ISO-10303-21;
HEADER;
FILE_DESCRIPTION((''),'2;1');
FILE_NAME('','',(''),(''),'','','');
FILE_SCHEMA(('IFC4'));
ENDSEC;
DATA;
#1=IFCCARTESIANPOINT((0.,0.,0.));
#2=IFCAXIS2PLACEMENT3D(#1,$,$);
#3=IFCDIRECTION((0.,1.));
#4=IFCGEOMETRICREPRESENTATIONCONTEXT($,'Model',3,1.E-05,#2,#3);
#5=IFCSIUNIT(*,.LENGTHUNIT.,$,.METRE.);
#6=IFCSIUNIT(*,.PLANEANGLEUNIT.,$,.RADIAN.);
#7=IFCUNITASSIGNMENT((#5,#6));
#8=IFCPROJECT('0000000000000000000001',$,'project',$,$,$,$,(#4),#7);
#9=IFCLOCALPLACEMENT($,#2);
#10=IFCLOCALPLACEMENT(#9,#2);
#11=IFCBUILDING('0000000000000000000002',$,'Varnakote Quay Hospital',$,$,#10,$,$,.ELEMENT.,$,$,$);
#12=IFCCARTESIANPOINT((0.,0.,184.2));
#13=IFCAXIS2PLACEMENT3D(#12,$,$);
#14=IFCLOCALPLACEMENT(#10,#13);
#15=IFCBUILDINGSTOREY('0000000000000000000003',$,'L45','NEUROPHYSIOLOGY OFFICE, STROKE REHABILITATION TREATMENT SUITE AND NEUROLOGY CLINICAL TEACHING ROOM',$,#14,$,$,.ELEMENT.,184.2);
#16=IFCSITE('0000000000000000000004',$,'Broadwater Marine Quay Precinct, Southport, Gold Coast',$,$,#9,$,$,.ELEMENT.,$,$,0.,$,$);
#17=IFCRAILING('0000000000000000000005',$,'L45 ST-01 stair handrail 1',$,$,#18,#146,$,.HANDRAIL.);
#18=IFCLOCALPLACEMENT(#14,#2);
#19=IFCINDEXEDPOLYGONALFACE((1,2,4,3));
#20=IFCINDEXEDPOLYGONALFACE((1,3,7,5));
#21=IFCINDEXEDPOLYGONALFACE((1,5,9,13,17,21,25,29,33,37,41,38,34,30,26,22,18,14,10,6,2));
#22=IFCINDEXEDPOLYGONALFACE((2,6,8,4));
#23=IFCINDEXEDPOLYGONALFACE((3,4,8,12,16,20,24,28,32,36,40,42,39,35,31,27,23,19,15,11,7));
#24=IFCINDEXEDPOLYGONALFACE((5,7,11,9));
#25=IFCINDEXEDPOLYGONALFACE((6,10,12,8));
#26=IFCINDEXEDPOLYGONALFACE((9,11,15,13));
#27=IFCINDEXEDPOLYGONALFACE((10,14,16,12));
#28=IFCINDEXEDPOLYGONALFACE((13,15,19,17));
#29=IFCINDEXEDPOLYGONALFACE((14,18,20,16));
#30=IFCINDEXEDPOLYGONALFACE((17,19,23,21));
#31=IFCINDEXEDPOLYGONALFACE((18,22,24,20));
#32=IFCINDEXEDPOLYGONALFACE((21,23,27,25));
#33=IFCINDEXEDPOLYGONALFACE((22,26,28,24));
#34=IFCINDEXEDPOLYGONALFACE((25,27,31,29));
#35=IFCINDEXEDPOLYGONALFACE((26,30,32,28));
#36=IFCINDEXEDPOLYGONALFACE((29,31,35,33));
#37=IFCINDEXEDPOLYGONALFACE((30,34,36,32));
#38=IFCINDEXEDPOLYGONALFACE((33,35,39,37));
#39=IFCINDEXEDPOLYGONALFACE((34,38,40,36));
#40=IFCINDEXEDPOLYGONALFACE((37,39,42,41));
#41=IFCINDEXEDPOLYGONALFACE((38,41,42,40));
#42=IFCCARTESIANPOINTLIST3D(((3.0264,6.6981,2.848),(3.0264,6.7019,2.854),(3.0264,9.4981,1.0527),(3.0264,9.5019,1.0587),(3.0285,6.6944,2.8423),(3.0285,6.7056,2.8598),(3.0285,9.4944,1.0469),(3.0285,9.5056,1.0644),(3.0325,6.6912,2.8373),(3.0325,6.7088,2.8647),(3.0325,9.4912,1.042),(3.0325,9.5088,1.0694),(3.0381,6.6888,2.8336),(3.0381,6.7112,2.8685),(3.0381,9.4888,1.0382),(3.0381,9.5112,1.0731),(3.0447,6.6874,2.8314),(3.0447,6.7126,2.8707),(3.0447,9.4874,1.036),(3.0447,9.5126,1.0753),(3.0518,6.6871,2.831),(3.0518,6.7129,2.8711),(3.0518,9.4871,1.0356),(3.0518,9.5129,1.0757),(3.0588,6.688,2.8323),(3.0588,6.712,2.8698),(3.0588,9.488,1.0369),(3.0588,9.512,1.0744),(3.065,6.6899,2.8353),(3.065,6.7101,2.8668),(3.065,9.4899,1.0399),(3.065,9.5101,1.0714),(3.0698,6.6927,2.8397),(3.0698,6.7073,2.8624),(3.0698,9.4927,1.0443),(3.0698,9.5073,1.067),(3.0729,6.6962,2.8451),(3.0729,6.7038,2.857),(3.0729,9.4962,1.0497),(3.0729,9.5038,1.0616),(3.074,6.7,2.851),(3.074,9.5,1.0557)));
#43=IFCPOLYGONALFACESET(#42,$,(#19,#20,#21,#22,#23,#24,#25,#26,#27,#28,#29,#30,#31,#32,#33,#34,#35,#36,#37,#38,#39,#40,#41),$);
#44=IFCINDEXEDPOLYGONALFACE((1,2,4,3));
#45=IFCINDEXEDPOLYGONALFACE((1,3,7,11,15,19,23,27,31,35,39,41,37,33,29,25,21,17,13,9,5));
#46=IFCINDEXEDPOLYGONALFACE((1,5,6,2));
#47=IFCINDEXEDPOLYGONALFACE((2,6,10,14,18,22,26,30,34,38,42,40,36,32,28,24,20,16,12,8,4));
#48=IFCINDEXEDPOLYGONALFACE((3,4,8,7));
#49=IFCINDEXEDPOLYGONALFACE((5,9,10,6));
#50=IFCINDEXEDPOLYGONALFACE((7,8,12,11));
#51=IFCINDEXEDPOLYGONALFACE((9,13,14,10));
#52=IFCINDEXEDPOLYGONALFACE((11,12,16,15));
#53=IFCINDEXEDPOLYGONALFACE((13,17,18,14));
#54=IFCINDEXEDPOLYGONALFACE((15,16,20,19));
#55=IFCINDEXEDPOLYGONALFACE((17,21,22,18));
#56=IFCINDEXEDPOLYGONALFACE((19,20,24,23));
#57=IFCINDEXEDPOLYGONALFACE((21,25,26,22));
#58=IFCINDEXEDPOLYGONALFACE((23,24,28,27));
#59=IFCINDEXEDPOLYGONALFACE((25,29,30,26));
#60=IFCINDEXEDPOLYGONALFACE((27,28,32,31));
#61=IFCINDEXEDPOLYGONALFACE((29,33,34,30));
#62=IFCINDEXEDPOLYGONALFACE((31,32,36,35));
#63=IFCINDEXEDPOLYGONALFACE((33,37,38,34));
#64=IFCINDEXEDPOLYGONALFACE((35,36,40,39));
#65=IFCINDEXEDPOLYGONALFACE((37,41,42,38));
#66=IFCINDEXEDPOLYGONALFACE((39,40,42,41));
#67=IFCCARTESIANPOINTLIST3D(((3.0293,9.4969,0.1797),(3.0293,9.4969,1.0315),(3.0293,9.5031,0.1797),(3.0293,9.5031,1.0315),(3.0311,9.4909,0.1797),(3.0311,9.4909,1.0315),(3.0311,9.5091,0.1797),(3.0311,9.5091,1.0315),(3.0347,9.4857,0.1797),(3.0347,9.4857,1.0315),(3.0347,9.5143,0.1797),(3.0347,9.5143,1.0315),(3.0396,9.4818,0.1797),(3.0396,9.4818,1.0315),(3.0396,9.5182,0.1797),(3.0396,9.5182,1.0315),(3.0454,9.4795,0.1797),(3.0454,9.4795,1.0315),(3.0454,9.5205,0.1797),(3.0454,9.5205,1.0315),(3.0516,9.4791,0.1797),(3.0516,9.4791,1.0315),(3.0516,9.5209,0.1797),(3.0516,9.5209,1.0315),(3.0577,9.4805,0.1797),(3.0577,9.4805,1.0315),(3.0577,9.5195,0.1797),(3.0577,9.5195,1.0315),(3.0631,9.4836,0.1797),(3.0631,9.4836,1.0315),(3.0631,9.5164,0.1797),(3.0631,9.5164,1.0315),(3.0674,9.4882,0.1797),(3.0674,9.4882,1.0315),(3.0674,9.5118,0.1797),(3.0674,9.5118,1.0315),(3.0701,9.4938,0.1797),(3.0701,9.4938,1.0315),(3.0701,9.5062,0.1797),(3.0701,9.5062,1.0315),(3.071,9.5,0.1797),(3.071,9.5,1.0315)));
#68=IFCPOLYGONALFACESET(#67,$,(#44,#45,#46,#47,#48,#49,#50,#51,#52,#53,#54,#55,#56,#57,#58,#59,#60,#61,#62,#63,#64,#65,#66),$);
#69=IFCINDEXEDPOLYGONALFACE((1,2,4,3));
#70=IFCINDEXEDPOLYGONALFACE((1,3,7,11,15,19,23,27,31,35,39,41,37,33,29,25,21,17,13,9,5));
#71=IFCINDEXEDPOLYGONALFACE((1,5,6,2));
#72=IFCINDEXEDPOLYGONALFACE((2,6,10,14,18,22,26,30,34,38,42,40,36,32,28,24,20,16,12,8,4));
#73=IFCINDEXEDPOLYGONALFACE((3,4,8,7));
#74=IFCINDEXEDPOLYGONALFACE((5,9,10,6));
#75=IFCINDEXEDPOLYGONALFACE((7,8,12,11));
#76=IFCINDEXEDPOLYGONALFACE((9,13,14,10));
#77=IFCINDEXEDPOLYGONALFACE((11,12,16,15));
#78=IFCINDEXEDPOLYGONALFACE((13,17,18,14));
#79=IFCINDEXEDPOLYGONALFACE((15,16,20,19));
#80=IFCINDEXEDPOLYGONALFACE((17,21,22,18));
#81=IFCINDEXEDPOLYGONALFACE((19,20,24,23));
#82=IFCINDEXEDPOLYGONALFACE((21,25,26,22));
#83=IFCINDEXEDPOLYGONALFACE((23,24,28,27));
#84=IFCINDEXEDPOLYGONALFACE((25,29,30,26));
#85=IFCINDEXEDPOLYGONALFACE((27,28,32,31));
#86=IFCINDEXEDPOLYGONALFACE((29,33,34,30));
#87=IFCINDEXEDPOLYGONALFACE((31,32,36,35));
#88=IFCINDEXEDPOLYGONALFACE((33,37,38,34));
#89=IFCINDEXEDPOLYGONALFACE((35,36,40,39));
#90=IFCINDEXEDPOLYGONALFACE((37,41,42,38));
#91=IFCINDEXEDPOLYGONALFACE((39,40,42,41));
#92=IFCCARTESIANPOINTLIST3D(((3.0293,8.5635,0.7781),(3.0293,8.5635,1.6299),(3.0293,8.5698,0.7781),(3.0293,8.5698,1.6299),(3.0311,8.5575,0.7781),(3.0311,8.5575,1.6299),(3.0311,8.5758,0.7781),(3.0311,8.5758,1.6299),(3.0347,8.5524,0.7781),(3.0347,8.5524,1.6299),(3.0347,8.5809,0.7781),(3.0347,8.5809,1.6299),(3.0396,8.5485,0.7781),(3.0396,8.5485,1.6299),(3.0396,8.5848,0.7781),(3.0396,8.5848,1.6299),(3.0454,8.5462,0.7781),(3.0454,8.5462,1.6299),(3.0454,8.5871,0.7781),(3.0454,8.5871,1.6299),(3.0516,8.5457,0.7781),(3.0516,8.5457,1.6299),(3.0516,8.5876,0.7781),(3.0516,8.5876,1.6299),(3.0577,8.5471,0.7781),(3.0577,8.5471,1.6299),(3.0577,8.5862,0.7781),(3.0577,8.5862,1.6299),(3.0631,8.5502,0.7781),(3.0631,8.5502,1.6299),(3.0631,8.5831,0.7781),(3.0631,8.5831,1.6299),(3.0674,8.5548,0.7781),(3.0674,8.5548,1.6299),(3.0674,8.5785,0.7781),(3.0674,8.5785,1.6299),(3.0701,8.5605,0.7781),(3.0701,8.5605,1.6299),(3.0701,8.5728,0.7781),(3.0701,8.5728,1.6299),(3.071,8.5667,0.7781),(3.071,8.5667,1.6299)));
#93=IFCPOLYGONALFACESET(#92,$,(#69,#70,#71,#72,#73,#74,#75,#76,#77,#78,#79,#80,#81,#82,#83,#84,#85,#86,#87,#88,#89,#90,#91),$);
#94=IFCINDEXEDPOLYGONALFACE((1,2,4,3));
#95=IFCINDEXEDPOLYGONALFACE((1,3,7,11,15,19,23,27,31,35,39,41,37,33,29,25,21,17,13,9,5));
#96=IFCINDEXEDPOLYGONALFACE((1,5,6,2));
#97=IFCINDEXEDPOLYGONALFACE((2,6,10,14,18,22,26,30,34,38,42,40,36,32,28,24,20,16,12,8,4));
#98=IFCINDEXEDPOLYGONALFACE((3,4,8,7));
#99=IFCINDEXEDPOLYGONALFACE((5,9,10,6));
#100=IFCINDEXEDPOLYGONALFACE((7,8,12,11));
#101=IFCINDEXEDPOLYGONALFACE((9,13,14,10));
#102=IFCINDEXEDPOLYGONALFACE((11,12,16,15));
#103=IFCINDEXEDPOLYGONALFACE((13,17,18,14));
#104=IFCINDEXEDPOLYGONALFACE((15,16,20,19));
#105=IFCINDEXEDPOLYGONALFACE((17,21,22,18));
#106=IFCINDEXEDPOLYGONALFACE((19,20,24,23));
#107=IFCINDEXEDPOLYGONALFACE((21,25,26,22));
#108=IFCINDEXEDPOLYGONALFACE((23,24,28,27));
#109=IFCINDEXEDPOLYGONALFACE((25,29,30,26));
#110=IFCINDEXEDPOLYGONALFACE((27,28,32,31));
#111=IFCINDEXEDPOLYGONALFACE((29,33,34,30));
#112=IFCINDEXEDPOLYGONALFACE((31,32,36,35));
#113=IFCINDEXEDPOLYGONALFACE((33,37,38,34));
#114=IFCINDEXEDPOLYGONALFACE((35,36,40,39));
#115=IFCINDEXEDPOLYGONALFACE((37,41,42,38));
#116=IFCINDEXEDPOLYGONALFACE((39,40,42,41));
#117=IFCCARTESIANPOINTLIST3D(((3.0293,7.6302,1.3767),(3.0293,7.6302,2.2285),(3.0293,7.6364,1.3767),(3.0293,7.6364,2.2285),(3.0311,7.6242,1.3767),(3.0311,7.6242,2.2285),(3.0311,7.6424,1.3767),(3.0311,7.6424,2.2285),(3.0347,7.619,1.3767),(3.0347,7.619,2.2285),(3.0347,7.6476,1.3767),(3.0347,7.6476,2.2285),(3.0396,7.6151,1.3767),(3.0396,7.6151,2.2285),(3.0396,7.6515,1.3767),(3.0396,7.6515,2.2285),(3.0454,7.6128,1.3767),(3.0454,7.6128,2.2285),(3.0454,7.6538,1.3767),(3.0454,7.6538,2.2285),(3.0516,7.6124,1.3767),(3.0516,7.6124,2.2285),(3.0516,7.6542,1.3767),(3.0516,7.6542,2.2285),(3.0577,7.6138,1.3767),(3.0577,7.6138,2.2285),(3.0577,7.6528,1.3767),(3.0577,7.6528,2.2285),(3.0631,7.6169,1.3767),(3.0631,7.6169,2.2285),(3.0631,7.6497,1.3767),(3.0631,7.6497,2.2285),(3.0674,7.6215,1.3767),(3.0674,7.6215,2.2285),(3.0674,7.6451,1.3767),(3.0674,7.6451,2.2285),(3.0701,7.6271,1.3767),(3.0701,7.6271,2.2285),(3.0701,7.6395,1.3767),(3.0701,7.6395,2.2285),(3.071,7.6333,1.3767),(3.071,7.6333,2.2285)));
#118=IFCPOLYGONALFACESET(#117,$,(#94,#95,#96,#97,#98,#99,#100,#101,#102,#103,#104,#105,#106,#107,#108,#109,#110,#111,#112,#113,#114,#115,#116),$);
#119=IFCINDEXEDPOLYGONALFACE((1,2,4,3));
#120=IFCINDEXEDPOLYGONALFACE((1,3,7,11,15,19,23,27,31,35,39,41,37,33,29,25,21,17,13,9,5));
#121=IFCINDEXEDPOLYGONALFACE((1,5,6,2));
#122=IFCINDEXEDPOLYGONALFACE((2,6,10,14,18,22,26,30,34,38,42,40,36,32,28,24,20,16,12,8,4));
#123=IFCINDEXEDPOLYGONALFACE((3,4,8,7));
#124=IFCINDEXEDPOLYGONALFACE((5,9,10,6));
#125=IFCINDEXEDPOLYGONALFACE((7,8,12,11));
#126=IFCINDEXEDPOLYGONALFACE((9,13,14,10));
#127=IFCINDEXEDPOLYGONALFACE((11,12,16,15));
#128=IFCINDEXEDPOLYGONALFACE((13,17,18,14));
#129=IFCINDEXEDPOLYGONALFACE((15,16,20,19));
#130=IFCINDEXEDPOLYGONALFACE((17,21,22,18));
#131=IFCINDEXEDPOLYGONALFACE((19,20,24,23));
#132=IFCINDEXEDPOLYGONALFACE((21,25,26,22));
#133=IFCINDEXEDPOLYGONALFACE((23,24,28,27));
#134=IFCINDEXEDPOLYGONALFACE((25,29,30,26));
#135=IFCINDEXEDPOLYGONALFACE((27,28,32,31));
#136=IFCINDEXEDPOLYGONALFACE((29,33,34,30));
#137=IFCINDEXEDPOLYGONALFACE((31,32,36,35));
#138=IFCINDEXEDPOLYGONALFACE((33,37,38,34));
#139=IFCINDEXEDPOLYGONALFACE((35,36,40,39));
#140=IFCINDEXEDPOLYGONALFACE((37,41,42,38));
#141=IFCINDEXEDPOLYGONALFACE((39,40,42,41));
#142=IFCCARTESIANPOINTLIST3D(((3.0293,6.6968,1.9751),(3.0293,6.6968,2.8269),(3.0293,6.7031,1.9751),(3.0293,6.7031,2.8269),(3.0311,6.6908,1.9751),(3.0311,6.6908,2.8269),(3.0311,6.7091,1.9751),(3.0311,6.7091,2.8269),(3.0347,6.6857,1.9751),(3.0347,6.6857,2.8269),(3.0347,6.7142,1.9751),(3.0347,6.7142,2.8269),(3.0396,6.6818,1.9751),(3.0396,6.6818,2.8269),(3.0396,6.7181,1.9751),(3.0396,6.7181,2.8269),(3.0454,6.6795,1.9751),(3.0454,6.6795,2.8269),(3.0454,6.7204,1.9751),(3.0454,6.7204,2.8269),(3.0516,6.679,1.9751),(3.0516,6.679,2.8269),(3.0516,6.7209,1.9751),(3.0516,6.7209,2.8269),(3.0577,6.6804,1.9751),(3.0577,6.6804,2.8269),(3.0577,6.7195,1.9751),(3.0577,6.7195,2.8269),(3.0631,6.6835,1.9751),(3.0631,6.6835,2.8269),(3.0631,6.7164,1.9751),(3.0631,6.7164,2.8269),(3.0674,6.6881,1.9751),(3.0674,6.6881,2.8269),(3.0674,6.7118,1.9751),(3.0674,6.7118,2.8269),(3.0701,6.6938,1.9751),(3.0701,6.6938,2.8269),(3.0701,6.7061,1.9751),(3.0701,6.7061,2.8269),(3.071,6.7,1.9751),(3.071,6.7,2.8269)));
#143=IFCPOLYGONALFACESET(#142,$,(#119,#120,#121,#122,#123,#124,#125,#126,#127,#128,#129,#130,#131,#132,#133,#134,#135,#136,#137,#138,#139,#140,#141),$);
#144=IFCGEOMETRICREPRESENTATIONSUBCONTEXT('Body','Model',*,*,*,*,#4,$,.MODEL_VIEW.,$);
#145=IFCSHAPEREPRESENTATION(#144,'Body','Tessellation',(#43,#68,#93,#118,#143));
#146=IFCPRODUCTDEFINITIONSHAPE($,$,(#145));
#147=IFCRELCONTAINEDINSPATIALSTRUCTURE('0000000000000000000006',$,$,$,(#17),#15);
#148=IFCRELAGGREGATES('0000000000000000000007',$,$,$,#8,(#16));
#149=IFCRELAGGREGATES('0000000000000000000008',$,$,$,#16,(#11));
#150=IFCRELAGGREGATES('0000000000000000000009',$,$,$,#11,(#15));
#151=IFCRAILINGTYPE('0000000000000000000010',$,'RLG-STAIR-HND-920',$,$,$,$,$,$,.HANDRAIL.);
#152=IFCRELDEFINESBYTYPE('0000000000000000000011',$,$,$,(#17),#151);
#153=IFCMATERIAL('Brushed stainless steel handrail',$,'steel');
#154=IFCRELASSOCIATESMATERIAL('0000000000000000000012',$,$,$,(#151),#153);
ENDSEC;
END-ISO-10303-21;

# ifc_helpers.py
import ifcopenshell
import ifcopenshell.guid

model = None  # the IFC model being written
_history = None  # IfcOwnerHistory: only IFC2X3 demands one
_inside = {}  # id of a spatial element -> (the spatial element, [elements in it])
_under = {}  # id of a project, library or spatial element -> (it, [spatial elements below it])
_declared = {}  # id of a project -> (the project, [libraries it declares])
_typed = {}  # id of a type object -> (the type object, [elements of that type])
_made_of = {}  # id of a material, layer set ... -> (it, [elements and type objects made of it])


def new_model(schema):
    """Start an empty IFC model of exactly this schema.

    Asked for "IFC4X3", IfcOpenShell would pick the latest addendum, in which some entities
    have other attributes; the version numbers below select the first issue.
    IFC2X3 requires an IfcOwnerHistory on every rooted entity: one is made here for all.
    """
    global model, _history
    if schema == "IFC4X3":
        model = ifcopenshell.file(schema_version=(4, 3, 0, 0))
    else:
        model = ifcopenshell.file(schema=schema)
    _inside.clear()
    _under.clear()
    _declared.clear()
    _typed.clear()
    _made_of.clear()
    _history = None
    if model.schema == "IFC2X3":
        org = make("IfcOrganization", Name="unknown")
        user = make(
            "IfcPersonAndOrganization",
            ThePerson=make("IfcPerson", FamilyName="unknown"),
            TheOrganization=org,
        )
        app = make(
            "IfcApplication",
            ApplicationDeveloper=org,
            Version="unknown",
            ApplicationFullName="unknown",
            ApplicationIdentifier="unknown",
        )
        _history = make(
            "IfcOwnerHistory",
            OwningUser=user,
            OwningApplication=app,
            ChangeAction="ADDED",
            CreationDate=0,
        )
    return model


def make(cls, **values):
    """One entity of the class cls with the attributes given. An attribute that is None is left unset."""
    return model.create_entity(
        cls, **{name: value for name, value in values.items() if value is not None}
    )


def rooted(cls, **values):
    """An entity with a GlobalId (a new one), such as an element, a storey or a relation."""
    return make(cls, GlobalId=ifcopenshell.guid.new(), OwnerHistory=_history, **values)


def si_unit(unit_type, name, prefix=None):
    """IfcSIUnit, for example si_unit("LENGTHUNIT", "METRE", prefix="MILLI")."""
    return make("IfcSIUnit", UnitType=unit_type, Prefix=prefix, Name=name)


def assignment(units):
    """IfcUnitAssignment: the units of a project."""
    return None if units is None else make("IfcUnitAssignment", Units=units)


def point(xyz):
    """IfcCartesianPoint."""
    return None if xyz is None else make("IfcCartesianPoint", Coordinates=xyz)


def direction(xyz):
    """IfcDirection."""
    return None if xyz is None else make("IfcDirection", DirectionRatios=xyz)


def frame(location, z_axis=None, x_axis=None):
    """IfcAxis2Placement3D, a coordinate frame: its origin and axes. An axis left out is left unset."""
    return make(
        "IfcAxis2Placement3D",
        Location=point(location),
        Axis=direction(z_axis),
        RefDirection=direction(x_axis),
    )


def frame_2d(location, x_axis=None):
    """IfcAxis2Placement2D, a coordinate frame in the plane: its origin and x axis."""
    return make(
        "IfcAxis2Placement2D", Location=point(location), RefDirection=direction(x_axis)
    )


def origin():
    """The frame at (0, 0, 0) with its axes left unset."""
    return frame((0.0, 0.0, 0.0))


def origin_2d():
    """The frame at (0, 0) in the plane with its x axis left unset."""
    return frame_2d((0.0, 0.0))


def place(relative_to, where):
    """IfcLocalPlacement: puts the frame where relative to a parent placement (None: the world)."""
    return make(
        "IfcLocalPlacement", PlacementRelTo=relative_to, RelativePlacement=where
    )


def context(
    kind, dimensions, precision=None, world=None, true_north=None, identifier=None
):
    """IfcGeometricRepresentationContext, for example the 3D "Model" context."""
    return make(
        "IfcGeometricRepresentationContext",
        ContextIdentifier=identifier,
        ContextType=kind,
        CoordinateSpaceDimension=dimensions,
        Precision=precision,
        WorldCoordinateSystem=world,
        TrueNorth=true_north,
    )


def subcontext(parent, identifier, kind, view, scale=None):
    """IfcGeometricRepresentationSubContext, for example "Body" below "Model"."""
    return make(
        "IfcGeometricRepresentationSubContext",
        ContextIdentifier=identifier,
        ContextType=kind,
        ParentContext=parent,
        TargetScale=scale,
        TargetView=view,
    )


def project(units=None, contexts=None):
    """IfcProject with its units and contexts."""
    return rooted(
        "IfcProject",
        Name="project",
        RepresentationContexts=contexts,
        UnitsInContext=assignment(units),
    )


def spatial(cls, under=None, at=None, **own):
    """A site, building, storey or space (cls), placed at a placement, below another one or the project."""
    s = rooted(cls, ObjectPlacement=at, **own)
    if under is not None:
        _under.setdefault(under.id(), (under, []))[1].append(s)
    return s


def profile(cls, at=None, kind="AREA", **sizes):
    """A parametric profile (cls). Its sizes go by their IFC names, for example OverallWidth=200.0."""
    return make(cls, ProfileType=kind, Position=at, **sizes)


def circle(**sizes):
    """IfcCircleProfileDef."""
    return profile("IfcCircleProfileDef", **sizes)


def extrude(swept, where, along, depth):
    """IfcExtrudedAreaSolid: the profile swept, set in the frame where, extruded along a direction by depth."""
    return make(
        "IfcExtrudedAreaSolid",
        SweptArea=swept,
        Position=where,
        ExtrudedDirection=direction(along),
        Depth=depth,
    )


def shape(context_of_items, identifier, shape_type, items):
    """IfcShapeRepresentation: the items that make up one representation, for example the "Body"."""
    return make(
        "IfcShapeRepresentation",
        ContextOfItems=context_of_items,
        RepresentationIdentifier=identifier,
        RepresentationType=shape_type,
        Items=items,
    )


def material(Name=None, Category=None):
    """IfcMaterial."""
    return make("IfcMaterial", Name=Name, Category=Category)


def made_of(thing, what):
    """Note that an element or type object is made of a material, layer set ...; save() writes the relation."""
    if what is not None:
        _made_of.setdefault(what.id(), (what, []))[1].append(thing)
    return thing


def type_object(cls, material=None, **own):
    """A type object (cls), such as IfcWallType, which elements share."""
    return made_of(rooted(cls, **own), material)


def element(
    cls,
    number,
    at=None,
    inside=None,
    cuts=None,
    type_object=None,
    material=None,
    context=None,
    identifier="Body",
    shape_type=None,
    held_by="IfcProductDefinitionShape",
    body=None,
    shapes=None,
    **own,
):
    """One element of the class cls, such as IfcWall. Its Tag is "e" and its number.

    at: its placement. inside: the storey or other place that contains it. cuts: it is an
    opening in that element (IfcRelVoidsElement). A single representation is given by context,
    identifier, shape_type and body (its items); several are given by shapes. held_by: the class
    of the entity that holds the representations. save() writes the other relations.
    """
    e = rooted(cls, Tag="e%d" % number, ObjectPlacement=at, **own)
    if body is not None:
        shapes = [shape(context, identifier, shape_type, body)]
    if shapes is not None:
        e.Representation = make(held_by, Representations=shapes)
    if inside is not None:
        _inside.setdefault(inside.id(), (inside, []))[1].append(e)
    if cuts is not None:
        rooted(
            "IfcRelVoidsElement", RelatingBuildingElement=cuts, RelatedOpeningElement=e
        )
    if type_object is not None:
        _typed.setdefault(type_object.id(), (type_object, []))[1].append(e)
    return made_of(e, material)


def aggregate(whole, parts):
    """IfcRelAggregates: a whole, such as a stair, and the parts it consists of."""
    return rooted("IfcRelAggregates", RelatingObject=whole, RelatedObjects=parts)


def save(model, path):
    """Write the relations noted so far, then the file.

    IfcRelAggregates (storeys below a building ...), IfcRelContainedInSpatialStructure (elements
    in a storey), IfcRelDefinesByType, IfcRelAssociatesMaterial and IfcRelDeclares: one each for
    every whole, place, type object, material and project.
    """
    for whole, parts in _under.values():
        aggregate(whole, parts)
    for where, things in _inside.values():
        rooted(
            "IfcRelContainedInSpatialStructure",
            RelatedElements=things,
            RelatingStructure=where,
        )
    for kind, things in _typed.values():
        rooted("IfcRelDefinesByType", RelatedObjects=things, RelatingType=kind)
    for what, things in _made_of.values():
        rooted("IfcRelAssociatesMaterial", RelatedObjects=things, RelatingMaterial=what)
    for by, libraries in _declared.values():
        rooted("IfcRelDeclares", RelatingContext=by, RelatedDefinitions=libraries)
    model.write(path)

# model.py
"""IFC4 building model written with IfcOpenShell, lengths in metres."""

from ifc_helpers import new_model, si_unit, direction, frame, origin, origin_2d, place, context, subcontext, project, spatial, circle, extrude, material, type_object, element, save


model = new_model("IFC4")

# Units and contexts
model_context = context("Model", 3, precision=1e-05, world=origin(), true_north=direction((0.0, 1.0)))
body_context = subcontext(model_context, "Body", "Model", "MODEL_VIEW")
ifc_project = project(units=[si_unit("LENGTHUNIT", "METRE"), si_unit("PLANEANGLEUNIT", "RADIAN")], contexts=[model_context])

# Site, building, storey
site_placement = place(None, origin())
site = spatial("IfcSite", under=ifc_project, at=site_placement, Name="Broadwater Marine Quay Precinct, Southport, Gold Coast", CompositionType="ELEMENT", RefElevation=0.0)
building_placement = place(site_placement, origin())
building = spatial("IfcBuilding", under=site, at=building_placement, Name="Varnakote Quay Hospital", CompositionType="ELEMENT")
storey_placement = place(building_placement, frame((0.0, 0.0, 184.2)))
storey = spatial("IfcBuildingStorey", under=building, at=storey_placement, Name="L45", Description="NEUROPHYSIOLOGY OFFICE, STROKE REHABILITATION TREATMENT SUITE AND NEUROLOGY CLINICAL TEACHING ROOM", CompositionType="ELEMENT", Elevation=184.2)

# Railing
ifc_material_1 = material(Name="Brushed stainless steel handrail", Category="steel")
railing_type_1 = type_object("IfcRailingType", Name="RLG-STAIR-HND-920", PredefinedType="HANDRAIL", material=ifc_material_1)
railing_1_placement = place(storey_placement, frame((3.05, 9.5, 0.1797)))
element("IfcRailing", 1, at=railing_1_placement, inside=storey, type_object=railing_type_1, Name="L45 ST-01 stair handrail 1", PredefinedType="HANDRAIL", context=body_context, shape_type="SweptSolid", body=[
    extrude(circle(Radius=0.0239, at=origin_2d()), frame((0.0, 0.0, 0.876), z_axis=(0.0, -0.84181, 0.539774), x_axis=(1.0, 0.0, 0.0)), (0.0, 0.0, 1.0), 3.3262),
    extrude(circle(Radius=0.021, at=origin_2d()), origin(), (0.0, 0.0, 1.0), 0.8518),
    extrude(circle(Radius=0.021, at=origin_2d()), frame((0.0, -0.9333, 0.5984)), (0.0, 0.0, 1.0), 0.8518),
    extrude(circle(Radius=0.021, at=origin_2d()), frame((0.0, -1.8667, 1.197)), (0.0, 0.0, 1.0), 0.8518),
    extrude(circle(Radius=0.021, at=origin_2d()), frame((0.0, -2.8, 1.7954)), (0.0, 0.0, 1.0), 0.8518),
])

save(model, "model.ifc")
